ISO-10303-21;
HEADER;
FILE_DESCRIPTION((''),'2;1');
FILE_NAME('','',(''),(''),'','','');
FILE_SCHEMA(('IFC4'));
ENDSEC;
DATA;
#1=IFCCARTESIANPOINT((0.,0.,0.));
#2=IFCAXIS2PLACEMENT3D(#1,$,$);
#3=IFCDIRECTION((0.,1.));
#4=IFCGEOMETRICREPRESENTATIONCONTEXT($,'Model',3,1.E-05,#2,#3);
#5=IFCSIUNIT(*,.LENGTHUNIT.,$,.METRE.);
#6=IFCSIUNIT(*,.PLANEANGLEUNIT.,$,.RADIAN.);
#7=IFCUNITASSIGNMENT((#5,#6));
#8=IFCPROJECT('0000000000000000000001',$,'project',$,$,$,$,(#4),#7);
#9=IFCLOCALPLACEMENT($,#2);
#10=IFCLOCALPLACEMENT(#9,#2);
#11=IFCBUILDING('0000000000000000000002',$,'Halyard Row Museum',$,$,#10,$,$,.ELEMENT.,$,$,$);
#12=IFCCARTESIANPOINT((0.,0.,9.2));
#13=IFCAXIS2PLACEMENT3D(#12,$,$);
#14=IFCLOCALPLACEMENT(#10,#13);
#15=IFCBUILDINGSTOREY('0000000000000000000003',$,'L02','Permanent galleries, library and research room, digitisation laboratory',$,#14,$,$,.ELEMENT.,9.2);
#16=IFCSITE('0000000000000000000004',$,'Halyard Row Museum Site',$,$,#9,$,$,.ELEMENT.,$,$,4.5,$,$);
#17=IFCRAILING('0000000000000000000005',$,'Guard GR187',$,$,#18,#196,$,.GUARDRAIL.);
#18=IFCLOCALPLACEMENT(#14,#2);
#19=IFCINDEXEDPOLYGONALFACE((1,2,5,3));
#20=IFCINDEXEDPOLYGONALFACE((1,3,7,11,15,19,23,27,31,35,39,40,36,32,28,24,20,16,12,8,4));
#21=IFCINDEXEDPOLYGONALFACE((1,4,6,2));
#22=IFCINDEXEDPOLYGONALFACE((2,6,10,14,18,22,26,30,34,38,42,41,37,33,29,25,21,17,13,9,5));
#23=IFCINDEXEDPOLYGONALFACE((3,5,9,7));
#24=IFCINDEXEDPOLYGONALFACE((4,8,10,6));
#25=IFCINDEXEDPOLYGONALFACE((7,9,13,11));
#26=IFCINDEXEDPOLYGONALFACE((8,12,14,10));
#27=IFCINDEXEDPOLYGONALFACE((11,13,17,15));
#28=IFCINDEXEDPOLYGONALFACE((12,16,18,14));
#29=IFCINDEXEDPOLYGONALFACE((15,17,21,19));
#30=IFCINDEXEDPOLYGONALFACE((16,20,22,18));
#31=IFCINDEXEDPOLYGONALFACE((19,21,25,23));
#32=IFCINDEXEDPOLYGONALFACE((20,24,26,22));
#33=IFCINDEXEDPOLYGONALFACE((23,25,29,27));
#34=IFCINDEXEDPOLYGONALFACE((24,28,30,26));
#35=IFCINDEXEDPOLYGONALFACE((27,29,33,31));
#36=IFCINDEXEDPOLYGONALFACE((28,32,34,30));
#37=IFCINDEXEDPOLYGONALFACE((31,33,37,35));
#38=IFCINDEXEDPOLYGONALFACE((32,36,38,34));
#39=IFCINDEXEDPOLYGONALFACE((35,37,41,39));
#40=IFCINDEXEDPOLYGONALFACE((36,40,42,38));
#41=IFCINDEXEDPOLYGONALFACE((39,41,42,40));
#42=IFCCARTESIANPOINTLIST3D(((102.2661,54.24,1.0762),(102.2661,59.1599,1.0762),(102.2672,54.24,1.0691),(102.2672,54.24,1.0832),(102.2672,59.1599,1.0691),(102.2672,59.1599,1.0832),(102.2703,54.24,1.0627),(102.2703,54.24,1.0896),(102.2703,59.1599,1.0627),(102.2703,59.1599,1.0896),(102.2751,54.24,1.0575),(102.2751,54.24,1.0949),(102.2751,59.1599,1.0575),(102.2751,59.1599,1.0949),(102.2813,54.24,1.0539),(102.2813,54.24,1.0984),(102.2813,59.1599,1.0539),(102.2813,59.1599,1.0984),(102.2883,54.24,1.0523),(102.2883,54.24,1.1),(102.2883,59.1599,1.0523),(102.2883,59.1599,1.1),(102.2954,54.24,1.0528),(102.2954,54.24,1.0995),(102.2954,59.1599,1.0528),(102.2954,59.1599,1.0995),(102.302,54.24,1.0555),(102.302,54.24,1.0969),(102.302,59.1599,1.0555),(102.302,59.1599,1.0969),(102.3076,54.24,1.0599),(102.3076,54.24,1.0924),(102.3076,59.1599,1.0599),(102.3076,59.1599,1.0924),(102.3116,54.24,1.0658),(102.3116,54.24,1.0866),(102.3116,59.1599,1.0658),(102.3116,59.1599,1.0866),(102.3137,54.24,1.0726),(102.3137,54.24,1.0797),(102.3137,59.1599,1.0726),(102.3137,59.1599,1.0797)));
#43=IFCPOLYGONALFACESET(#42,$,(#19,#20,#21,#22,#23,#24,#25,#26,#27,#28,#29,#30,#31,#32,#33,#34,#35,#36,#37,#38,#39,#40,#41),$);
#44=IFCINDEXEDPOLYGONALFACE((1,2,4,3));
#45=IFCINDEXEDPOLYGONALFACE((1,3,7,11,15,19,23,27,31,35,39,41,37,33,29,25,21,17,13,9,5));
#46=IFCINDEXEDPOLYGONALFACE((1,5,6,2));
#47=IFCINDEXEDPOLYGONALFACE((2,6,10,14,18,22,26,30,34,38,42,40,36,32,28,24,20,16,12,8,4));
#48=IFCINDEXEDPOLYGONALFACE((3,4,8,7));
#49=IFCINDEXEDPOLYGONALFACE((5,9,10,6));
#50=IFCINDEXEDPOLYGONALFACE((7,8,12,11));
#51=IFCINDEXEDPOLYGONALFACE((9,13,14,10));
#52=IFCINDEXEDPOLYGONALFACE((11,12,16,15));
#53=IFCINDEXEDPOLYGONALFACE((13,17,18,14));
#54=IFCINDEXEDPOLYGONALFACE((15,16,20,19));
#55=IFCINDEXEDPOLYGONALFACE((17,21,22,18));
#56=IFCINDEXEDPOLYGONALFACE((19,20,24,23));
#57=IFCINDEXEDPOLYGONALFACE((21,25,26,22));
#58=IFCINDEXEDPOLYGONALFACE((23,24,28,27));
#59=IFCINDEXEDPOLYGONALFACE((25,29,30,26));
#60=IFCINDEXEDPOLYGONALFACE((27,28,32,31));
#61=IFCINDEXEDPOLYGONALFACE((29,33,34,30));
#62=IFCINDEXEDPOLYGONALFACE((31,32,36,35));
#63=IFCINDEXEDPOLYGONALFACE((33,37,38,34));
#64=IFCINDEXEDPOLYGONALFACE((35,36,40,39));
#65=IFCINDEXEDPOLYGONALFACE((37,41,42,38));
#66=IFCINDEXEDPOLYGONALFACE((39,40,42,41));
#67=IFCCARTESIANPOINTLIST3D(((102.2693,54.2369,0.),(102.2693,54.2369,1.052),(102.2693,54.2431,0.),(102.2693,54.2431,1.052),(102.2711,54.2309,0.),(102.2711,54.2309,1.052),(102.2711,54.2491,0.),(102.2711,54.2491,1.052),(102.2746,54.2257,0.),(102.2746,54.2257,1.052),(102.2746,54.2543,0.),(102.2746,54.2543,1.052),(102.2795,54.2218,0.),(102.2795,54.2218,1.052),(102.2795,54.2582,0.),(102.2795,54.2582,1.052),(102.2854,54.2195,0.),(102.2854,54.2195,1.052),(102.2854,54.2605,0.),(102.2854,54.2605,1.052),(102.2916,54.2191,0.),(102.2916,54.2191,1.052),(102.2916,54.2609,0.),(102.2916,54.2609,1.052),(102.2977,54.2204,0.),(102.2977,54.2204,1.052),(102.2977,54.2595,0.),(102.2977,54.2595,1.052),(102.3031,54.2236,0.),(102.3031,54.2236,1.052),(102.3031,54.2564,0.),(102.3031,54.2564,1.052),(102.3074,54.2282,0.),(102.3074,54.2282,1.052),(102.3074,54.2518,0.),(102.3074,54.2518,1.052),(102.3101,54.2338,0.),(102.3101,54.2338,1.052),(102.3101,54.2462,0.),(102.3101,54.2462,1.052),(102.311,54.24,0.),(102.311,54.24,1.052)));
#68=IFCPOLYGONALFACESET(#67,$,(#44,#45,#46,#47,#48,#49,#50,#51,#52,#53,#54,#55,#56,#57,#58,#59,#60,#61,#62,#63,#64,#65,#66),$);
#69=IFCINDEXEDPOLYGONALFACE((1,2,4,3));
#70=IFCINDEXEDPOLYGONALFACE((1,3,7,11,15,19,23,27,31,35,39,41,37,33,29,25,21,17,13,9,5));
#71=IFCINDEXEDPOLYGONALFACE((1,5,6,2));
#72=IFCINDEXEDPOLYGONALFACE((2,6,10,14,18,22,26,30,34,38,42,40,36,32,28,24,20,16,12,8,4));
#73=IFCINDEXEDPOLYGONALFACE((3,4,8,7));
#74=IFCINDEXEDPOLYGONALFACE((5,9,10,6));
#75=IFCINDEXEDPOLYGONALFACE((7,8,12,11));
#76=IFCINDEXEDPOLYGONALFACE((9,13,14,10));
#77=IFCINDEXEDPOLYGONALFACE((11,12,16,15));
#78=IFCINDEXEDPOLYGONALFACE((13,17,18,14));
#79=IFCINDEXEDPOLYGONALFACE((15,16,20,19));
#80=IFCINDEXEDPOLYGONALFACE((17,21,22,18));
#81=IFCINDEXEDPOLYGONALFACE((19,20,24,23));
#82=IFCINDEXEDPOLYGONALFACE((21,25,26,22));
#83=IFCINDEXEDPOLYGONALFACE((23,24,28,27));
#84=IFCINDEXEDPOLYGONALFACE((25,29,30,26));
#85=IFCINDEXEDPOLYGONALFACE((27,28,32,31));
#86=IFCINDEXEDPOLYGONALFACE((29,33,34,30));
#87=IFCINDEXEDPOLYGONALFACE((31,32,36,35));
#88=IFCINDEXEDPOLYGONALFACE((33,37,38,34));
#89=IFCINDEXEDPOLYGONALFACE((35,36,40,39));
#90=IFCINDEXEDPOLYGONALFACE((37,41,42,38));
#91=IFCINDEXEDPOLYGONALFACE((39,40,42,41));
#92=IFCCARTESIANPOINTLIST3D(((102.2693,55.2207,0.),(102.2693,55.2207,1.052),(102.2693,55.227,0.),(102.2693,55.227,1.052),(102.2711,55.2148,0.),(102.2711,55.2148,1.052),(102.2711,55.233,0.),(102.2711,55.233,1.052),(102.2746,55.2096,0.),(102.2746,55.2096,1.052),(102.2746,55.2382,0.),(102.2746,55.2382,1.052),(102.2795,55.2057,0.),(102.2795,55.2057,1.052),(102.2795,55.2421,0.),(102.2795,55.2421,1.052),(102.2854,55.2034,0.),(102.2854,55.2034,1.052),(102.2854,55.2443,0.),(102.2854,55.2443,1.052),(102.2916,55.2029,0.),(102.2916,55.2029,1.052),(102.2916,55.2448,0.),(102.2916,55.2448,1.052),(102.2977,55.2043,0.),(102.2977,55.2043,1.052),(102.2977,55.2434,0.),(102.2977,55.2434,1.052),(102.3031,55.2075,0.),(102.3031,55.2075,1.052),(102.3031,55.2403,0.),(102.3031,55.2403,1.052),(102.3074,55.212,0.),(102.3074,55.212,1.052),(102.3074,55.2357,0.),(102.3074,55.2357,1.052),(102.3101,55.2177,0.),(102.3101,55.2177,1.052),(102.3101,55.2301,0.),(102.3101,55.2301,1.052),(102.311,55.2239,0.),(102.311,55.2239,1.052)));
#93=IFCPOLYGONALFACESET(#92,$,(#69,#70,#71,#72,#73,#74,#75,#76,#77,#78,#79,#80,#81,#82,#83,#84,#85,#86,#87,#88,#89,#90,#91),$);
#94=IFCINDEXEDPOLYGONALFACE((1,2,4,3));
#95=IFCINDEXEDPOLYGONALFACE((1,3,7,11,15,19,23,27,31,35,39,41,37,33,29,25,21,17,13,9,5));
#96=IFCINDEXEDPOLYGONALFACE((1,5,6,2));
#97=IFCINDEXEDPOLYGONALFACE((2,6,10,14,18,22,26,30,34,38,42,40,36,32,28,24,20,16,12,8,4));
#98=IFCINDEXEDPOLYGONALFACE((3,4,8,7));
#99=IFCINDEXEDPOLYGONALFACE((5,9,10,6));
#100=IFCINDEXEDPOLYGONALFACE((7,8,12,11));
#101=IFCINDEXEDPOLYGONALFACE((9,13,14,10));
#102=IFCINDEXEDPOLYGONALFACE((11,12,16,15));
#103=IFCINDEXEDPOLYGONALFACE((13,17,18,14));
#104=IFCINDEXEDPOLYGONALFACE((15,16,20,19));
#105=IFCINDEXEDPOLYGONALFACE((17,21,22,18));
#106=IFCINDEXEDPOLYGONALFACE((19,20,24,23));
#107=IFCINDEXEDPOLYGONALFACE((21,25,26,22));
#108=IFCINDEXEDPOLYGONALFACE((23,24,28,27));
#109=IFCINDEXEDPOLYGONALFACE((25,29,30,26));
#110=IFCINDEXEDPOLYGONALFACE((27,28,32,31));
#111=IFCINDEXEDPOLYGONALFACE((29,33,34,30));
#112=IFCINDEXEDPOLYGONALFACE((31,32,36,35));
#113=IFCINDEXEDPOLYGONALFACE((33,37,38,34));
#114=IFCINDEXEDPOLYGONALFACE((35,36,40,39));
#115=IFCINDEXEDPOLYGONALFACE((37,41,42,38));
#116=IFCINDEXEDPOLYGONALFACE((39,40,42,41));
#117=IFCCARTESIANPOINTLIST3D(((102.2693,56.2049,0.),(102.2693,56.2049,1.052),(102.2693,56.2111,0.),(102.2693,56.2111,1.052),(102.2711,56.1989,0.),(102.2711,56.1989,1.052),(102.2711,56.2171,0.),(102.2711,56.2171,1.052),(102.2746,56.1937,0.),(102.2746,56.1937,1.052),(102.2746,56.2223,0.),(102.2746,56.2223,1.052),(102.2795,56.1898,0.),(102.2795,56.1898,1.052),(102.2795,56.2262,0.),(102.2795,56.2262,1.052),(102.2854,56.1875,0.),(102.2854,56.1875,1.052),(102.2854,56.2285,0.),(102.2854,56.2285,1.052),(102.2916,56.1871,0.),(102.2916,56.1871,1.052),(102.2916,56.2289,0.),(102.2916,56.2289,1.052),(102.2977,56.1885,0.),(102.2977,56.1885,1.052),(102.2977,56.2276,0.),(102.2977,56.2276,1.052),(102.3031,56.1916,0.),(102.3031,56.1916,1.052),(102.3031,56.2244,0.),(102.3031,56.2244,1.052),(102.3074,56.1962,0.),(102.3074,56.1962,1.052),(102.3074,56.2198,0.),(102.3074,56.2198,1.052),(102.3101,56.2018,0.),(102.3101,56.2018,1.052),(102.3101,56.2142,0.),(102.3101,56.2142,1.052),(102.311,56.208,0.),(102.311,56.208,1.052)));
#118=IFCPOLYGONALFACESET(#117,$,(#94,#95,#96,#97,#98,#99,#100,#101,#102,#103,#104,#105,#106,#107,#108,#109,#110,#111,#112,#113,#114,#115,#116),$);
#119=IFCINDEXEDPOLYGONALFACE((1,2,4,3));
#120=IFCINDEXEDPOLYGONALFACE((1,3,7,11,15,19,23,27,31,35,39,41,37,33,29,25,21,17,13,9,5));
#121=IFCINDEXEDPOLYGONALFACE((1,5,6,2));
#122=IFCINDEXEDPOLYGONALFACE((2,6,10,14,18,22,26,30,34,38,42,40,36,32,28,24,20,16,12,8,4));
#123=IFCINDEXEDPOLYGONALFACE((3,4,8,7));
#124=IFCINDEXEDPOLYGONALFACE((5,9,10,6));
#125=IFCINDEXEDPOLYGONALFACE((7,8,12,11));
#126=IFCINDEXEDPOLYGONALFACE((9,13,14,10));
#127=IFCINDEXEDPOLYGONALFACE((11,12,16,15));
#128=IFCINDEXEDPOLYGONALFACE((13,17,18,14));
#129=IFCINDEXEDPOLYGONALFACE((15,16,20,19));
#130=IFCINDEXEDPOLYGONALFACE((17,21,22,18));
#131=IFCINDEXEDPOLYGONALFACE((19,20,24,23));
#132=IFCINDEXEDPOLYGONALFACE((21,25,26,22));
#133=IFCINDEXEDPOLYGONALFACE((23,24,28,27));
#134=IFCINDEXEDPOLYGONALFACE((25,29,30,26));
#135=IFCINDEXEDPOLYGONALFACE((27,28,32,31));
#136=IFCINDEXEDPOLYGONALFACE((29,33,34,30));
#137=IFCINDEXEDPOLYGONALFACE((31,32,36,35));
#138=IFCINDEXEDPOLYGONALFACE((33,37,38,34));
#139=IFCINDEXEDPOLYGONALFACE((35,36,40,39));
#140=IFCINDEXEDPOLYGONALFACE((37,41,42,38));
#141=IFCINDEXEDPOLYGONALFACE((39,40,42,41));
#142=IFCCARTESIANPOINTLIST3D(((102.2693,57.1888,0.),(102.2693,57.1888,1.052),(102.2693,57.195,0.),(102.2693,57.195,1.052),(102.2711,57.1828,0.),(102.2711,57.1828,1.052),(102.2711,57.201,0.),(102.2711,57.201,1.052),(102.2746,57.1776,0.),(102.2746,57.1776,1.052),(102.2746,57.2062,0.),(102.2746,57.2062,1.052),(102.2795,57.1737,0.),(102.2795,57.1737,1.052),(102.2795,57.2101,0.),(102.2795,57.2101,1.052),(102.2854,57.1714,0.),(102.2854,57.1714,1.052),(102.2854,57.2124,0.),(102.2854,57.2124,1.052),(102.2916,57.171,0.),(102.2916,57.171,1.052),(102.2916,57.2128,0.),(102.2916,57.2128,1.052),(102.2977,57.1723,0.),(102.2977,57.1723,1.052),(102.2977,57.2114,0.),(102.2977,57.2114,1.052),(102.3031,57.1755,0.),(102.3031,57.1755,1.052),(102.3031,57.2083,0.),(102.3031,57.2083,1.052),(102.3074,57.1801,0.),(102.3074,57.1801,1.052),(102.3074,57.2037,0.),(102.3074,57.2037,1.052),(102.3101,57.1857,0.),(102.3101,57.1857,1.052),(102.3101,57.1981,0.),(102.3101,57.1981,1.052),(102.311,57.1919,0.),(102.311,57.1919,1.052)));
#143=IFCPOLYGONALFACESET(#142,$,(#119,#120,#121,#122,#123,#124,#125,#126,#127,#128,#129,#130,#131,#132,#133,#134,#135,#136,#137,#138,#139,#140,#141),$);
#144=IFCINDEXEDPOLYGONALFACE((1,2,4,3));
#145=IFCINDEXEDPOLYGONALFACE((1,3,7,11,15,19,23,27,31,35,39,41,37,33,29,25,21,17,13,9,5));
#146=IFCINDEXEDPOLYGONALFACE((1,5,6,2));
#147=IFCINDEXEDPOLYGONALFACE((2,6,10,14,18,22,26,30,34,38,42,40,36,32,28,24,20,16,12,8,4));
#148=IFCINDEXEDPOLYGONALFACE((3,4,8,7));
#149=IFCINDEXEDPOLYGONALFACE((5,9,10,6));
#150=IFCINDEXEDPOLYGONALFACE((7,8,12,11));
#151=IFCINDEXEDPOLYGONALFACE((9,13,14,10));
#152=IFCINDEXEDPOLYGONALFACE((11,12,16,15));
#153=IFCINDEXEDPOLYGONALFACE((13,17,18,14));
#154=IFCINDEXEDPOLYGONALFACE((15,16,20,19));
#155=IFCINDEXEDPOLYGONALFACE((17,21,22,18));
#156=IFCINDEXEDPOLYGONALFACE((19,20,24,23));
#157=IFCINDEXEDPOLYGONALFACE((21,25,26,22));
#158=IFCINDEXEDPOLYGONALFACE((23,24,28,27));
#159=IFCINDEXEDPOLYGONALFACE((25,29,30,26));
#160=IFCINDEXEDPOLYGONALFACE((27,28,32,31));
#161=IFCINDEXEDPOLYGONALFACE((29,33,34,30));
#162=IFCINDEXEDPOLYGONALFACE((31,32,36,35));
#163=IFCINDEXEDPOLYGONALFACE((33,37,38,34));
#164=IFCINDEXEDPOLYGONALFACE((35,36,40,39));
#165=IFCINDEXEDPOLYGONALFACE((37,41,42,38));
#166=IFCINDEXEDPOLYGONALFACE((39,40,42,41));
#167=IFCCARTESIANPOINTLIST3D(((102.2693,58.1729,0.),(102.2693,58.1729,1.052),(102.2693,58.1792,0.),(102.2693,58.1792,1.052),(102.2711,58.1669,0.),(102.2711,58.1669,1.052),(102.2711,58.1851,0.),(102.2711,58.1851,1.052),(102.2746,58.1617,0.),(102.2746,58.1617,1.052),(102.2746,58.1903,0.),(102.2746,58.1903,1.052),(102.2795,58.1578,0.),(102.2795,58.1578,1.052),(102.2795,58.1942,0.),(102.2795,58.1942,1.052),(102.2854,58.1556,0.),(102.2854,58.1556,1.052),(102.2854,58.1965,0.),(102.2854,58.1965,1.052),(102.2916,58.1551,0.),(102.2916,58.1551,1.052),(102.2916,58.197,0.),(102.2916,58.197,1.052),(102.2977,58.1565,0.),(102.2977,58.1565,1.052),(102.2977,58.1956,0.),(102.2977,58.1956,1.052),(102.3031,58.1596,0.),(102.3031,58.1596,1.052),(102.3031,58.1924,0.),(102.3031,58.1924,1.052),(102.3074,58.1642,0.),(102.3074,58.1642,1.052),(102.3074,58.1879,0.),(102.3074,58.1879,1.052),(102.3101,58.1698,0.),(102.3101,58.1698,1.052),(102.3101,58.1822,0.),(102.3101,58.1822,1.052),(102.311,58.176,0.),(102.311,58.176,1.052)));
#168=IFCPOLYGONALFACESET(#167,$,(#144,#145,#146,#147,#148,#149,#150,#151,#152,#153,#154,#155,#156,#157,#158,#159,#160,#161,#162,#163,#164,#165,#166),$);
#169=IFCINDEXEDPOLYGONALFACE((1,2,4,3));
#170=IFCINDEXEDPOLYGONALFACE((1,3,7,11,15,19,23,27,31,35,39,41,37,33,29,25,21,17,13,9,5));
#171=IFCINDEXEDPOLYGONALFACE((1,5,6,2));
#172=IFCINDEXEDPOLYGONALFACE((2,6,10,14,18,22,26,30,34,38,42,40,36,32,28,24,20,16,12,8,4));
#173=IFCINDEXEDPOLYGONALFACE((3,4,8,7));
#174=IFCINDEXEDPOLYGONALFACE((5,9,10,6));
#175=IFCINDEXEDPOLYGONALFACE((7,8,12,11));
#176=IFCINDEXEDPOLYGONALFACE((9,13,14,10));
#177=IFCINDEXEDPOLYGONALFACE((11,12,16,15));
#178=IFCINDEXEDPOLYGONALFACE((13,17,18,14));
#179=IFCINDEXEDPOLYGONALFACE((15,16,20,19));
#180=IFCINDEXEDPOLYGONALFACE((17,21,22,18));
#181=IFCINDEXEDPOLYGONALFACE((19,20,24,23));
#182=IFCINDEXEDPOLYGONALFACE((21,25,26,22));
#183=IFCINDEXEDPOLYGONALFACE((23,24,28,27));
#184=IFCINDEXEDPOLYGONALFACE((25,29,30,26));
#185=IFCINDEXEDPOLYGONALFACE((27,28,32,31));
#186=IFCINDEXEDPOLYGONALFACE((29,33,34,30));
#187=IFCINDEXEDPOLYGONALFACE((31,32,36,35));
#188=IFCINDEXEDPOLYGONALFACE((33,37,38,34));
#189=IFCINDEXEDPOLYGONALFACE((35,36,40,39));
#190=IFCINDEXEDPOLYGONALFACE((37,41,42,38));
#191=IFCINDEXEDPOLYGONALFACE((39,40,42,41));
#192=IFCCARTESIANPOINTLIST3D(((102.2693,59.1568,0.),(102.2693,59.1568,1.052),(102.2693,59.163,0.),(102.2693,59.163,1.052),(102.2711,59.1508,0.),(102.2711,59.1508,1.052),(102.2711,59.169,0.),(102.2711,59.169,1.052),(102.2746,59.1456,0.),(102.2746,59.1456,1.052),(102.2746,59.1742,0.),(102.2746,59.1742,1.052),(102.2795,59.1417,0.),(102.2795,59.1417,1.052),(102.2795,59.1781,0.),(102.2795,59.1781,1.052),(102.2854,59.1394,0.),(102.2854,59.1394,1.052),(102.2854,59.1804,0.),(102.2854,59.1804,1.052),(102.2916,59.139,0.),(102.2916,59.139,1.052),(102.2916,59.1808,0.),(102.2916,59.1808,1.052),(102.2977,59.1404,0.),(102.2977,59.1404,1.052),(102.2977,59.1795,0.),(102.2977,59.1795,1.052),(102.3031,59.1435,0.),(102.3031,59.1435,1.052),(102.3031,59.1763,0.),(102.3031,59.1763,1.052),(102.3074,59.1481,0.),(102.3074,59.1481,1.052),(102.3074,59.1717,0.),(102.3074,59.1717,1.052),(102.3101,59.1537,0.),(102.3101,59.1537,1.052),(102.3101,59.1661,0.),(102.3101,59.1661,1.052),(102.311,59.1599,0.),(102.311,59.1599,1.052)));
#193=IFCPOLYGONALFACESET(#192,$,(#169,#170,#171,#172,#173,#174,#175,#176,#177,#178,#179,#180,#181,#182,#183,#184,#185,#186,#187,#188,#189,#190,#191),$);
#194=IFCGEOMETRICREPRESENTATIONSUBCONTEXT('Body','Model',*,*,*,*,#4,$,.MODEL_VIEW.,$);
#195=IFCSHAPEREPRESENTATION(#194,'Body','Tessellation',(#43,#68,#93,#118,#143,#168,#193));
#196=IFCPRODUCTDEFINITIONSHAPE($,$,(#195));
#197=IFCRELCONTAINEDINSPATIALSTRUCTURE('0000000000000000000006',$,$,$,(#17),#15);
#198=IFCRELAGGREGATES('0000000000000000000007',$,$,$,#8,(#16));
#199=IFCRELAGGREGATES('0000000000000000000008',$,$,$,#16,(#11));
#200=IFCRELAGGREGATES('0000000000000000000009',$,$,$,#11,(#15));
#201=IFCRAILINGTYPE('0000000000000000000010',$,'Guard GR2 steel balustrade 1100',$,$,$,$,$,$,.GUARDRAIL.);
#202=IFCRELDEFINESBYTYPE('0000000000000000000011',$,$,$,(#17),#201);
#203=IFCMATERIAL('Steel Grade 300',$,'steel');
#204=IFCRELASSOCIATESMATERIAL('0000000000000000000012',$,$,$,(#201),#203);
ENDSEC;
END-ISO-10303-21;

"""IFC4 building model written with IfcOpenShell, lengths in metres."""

from ifc_helpers import new_model, si_unit, direction, frame, origin, origin_2d, place, context, subcontext, project, spatial, circle, extrude, material, type_object, element, save


model = new_model("IFC4")

# Units and contexts
model_context = context("Model", 3, precision=1e-05, world=origin(), true_north=direction((0.0, 1.0)))
body_context = subcontext(model_context, "Body", "Model", "MODEL_VIEW")
ifc_project = project(units=[si_unit("LENGTHUNIT", "METRE"), si_unit("PLANEANGLEUNIT", "RADIAN")], contexts=[model_context])

# Site, building, storey
site_placement = place(None, origin())
site = spatial("IfcSite", under=ifc_project, at=site_placement, Name="Halyard Row Museum Site", CompositionType="ELEMENT", RefElevation=4.5)
building_placement = place(site_placement, origin())
building = spatial("IfcBuilding", under=site, at=building_placement, Name="Halyard Row Museum", CompositionType="ELEMENT")
storey_placement = place(building_placement, frame((0.0, 0.0, 9.2)))
storey = spatial("IfcBuildingStorey", under=building, at=storey_placement, Name="L02", Description="Permanent galleries, library and research room, digitisation laboratory", CompositionType="ELEMENT", Elevation=9.2)

# Railing
ifc_material_1 = material(Name="Steel Grade 300", Category="steel")
railing_type_1 = type_object("IfcRailingType", Name="Guard GR2 steel balustrade 1100", PredefinedType="GUARDRAIL", material=ifc_material_1)
railing_1_placement = place(storey_placement, frame((102.29, 54.24, 0.0)))
element("IfcRailing", 1, at=railing_1_placement, inside=storey, type_object=railing_type_1, Name="Guard GR187", PredefinedType="GUARDRAIL", context=body_context, shape_type="SweptSolid", body=[
    extrude(circle(Radius=0.0239, at=origin_2d()), frame((0.0, 0.0, 1.0762), z_axis=(0.0, 1.0, 0.0), x_axis=(-1.0, 0.0, 0.0)), (0.0, 0.0, 1.0), 4.9199),
    extrude(circle(Radius=0.021, at=origin_2d()), origin(), (0.0, 0.0, 1.0), 1.052),
    extrude(circle(Radius=0.021, at=origin_2d()), frame((0.0, 0.9839, 0.0)), (0.0, 0.0, 1.0), 1.052),
    extrude(circle(Radius=0.021, at=origin_2d()), frame((0.0, 1.968, 0.0)), (0.0, 0.0, 1.0), 1.052),
    extrude(circle(Radius=0.021, at=origin_2d()), frame((0.0, 2.9519, 0.0)), (0.0, 0.0, 1.0), 1.052),
    extrude(circle(Radius=0.021, at=origin_2d()), frame((0.0, 3.936, 0.0)), (0.0, 0.0, 1.0), 1.052),
    extrude(circle(Radius=0.021, at=origin_2d()), frame((0.0, 4.9199, 0.0)), (0.0, 0.0, 1.0), 1.052),
])

save(model, "model.ifc")
